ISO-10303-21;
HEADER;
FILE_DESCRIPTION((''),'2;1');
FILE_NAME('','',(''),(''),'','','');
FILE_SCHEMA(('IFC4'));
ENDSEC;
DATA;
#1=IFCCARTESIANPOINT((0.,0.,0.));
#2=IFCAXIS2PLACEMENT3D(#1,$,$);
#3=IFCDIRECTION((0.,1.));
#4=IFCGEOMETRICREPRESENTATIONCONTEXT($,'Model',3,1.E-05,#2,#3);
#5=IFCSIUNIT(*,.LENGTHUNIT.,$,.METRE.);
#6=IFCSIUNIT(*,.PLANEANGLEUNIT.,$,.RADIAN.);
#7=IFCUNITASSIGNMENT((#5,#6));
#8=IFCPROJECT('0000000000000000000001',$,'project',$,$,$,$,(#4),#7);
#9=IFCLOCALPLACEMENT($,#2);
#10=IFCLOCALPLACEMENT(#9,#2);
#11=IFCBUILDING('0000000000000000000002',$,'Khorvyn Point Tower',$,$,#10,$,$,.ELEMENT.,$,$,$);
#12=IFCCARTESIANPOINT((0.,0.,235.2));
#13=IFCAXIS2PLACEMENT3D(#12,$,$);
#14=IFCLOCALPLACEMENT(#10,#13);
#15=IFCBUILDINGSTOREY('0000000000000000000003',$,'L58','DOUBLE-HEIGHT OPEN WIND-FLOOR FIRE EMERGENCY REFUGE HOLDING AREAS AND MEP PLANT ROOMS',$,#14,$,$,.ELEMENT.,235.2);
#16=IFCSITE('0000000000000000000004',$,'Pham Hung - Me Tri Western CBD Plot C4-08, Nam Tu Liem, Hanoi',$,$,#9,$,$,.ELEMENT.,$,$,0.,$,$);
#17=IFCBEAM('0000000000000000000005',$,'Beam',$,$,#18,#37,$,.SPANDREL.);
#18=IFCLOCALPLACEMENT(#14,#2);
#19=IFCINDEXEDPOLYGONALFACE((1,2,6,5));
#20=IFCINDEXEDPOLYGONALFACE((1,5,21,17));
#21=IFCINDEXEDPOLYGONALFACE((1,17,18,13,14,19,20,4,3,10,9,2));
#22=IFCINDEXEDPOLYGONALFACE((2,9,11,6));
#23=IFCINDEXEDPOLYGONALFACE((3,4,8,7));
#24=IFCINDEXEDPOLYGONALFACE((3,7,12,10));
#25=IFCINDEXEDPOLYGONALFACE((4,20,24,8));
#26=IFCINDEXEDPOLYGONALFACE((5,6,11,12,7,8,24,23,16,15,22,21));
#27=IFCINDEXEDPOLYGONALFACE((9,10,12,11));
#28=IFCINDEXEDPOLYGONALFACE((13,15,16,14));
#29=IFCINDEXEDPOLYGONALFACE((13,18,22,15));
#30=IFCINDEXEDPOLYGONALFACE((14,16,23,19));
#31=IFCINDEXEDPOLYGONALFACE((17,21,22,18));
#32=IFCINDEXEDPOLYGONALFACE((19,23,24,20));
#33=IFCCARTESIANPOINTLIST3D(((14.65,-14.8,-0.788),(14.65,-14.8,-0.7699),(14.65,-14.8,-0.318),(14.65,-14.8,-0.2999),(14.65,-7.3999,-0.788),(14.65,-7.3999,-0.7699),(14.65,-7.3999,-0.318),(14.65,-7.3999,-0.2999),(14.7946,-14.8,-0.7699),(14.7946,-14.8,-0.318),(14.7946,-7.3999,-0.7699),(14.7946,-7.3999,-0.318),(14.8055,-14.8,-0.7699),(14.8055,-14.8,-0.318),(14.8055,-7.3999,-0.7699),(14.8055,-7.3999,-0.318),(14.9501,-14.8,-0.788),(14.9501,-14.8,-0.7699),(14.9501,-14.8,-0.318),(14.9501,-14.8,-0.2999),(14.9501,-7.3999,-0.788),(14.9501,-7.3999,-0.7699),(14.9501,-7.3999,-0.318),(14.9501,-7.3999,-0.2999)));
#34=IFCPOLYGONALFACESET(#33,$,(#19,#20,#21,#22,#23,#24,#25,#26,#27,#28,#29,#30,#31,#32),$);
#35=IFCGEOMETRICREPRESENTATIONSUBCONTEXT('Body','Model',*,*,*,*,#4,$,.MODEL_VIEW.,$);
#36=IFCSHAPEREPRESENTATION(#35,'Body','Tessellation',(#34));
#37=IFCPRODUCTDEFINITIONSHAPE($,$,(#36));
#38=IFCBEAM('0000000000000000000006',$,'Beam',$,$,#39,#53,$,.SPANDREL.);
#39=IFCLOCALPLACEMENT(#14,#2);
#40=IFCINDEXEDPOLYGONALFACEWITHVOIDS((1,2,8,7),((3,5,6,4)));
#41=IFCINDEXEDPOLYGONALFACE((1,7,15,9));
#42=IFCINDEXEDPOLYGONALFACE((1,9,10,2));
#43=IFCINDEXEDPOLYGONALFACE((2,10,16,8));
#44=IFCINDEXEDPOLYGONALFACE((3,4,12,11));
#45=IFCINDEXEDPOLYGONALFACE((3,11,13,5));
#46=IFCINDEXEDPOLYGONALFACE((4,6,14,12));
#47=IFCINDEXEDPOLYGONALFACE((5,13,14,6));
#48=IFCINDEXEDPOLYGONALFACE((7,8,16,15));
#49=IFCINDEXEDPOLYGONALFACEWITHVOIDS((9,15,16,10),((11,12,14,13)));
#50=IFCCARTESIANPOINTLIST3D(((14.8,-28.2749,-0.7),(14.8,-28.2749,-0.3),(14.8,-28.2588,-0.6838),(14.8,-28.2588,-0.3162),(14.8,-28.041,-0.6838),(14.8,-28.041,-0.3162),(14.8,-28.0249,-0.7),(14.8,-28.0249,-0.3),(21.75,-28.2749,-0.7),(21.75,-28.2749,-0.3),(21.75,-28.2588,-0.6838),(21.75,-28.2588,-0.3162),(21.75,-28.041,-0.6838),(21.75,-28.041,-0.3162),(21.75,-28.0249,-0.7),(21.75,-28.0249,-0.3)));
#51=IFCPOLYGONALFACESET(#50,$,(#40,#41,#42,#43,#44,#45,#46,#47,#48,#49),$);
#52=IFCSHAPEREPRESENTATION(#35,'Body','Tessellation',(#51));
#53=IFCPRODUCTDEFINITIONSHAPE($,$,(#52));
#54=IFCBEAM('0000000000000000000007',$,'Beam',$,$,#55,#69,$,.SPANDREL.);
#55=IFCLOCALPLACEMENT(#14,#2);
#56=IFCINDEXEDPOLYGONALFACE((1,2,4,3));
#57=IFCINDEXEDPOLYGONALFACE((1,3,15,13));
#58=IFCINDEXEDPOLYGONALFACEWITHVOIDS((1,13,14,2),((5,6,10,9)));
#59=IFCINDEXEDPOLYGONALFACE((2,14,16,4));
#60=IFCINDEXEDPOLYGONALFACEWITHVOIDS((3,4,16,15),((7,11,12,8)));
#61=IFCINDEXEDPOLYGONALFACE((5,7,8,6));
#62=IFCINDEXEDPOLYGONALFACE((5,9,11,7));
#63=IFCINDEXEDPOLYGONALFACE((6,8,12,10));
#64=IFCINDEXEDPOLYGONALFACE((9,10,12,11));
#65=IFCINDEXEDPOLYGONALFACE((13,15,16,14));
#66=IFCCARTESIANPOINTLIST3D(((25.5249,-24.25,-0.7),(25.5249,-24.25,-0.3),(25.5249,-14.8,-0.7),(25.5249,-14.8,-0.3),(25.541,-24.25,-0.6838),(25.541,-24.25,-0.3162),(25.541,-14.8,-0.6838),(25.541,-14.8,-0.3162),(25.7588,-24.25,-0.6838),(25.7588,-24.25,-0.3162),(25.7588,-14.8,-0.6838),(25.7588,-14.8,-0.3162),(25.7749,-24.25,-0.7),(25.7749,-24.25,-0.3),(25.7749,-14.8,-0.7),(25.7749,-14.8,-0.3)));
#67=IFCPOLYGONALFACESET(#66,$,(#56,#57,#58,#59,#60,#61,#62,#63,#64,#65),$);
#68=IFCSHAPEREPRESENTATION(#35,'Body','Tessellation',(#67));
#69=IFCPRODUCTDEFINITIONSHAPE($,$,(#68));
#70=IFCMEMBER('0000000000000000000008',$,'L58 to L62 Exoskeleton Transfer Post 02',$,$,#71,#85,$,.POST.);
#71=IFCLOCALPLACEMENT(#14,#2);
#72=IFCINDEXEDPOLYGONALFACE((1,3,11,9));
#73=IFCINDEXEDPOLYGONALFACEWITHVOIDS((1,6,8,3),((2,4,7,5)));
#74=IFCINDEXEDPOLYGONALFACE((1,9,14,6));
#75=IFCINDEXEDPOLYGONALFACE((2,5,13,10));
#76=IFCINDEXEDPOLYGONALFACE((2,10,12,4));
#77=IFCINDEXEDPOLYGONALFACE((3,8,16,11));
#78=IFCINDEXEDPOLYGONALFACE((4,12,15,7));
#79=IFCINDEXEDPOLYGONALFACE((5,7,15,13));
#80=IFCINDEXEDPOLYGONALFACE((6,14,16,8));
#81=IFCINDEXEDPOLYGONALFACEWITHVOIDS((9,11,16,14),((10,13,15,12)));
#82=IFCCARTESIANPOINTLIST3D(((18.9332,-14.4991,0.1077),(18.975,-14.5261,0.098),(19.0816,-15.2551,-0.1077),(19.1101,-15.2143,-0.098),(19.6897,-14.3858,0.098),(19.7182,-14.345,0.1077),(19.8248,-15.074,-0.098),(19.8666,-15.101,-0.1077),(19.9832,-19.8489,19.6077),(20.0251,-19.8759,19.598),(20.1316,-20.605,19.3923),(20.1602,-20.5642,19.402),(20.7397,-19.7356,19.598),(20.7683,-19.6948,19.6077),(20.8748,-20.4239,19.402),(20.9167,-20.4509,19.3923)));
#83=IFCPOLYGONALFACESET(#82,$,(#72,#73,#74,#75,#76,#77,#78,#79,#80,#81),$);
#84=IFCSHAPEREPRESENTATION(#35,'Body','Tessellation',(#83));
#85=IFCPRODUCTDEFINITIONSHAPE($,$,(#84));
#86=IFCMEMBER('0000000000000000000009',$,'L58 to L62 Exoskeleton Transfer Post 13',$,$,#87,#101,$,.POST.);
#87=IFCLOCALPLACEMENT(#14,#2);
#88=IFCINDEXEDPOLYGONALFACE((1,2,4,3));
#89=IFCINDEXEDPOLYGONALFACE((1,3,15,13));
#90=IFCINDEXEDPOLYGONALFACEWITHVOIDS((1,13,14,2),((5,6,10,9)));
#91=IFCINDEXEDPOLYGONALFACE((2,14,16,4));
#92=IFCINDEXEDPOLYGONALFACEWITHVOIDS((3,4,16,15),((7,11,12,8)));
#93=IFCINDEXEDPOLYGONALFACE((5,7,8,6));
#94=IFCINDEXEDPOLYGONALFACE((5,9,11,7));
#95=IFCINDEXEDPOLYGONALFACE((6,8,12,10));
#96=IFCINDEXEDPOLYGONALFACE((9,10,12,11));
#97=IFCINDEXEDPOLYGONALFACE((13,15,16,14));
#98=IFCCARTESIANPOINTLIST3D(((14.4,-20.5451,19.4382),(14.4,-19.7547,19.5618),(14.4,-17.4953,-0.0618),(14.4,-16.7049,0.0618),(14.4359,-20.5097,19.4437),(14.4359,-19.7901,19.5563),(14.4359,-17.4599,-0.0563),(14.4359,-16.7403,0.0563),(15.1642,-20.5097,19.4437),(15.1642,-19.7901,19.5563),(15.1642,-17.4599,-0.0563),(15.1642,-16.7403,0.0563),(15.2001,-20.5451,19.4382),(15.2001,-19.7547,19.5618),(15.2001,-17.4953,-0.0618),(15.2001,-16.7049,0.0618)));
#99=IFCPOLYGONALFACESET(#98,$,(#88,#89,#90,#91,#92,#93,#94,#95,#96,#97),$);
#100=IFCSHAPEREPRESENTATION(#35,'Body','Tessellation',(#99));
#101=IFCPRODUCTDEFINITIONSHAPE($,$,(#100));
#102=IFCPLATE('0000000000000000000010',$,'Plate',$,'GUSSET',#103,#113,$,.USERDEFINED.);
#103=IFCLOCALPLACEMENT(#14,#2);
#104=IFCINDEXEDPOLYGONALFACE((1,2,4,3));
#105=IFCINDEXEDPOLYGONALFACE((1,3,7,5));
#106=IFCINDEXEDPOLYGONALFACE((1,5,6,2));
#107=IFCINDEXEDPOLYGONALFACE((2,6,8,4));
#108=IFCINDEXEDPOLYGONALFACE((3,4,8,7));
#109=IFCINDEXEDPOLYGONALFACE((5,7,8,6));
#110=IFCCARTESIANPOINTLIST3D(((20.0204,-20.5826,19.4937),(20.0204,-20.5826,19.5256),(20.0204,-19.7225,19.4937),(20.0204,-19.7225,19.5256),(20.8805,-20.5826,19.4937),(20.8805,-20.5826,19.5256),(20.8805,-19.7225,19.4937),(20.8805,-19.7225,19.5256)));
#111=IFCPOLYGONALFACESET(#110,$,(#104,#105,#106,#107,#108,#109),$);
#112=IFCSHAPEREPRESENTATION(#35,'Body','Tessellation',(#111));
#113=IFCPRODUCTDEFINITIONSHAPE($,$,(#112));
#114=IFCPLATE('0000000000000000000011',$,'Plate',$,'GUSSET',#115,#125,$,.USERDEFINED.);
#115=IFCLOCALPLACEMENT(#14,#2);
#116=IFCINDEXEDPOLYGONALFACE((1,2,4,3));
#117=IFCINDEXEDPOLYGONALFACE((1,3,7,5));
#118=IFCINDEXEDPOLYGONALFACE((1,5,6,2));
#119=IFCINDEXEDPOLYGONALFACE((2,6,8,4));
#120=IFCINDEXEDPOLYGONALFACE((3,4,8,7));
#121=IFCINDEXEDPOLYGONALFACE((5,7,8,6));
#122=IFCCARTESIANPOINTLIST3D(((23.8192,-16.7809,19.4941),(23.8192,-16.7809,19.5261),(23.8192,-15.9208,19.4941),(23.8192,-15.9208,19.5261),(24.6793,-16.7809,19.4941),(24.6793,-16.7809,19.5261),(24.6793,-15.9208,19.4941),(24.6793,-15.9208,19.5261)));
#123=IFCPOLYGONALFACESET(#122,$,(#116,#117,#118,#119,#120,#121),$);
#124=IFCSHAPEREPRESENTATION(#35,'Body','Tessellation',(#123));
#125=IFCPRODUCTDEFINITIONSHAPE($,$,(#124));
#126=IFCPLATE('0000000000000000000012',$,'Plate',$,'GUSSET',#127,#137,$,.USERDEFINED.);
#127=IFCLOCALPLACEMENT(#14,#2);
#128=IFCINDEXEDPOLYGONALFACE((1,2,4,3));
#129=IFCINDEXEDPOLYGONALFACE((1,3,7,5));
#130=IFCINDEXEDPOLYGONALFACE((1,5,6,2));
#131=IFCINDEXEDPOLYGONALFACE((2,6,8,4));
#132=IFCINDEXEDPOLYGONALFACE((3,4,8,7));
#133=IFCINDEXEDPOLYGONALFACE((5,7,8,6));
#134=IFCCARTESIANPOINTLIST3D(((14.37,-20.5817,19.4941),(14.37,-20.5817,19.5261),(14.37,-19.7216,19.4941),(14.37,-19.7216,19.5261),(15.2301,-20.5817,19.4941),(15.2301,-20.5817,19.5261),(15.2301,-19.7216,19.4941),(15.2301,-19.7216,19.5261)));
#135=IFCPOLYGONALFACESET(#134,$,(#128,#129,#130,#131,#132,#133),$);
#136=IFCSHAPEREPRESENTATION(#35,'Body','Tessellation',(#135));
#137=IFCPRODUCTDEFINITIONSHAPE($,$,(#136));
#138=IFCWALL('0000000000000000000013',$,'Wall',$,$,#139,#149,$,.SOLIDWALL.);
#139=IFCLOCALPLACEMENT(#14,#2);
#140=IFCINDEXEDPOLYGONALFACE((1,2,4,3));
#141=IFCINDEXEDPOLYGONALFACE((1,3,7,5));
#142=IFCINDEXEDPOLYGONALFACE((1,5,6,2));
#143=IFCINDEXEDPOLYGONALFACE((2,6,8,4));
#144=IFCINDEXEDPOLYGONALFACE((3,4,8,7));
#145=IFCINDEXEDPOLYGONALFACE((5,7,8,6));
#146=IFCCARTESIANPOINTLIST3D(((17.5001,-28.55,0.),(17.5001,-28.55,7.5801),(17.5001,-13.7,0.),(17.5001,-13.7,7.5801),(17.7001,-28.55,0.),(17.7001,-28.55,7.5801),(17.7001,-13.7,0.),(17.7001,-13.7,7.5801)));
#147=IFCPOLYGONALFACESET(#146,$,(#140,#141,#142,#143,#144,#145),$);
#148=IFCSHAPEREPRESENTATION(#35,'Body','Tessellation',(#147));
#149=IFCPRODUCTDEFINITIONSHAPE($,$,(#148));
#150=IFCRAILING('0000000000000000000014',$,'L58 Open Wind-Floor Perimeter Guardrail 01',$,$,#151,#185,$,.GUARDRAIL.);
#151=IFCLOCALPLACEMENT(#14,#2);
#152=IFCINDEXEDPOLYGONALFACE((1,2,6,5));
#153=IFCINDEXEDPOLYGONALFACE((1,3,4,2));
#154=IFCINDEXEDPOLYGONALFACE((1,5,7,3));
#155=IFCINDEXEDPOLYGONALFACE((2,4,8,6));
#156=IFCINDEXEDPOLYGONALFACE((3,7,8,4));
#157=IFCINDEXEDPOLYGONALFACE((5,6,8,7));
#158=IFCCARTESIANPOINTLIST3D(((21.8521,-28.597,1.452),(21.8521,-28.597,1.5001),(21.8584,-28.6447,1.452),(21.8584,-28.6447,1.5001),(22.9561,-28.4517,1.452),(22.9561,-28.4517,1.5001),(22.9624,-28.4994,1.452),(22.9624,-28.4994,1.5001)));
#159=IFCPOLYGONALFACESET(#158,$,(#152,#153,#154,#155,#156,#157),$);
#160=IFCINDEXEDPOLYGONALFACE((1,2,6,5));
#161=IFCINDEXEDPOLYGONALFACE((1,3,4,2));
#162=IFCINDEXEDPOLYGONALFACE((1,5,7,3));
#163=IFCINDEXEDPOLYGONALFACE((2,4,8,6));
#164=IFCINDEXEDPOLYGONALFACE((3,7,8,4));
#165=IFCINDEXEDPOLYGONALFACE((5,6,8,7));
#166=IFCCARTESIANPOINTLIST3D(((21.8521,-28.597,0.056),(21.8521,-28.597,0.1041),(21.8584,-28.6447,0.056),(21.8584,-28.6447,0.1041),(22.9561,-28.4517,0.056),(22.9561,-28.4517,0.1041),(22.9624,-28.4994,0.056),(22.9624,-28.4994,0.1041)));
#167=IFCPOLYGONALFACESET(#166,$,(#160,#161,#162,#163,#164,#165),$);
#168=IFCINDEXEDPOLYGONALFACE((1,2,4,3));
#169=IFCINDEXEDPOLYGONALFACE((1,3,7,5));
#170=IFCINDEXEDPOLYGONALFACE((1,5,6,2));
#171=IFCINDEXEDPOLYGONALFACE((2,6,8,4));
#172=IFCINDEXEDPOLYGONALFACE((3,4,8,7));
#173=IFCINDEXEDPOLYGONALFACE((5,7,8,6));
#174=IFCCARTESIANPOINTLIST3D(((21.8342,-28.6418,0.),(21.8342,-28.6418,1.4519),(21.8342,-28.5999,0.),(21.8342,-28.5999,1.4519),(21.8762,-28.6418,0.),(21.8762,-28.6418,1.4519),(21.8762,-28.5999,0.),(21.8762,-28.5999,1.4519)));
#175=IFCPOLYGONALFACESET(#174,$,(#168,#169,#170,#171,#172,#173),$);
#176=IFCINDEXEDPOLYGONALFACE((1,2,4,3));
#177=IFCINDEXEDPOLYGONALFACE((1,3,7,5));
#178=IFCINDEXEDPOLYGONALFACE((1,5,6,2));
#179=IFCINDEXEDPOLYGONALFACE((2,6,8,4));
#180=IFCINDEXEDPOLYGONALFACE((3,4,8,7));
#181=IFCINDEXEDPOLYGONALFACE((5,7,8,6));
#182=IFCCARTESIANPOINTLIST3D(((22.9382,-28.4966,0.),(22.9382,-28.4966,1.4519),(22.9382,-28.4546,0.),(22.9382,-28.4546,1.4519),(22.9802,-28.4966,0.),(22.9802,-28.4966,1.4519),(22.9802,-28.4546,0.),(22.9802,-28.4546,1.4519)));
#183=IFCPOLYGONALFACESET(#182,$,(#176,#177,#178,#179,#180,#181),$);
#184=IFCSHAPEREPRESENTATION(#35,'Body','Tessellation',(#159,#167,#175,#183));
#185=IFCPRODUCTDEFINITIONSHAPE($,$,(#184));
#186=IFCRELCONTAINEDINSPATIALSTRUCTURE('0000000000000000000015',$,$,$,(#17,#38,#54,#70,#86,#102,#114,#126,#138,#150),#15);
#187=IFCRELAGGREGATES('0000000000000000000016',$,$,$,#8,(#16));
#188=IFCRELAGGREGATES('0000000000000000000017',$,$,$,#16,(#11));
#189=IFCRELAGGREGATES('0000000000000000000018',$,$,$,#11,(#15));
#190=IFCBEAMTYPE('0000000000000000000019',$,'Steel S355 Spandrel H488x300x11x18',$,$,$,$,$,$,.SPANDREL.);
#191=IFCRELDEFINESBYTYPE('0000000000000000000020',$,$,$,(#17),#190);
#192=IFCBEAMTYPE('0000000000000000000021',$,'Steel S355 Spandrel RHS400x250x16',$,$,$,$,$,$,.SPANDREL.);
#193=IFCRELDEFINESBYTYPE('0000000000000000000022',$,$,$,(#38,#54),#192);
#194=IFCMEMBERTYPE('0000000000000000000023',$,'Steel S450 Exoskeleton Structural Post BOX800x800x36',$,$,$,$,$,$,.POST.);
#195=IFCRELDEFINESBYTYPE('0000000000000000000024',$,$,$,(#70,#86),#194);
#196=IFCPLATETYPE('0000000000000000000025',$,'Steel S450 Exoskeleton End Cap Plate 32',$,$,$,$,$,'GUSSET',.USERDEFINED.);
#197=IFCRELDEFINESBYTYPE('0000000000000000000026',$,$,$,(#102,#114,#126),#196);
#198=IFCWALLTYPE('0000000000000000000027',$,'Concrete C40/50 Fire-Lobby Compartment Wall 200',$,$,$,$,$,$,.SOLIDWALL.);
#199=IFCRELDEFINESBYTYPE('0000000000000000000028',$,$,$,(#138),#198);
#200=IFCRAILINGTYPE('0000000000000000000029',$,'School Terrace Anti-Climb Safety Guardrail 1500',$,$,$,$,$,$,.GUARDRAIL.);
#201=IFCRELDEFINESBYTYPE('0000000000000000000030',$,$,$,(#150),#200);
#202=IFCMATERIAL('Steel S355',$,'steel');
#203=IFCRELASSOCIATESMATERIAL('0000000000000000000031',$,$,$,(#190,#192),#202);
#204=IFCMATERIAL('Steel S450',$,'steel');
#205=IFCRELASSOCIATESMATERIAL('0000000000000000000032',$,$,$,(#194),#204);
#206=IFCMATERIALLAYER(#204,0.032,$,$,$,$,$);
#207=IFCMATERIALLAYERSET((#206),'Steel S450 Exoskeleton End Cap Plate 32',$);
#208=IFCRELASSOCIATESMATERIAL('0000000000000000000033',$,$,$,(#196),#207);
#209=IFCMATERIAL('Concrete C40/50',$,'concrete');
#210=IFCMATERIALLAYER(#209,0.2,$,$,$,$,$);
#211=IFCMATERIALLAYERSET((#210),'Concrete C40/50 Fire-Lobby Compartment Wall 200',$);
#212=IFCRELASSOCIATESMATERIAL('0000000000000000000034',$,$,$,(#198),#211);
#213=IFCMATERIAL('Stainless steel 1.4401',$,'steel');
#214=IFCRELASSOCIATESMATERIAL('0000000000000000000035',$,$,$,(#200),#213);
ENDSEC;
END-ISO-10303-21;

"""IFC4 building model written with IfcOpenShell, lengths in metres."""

from ifc_helpers import new_model, si_unit, direction, frame, frame_2d, origin, origin_2d, place, context, subcontext, project, spatial, rectangle, hollow_rectangle, i_section, extrude, material, layer, layer_set, material_profile, profile_set, type_object, element, save


model = new_model("IFC4")

# Units and contexts
model_context = context("Model", 3, precision=1e-05, world=origin(), true_north=direction((0.0, 1.0)))
body_context = subcontext(model_context, "Body", "Model", "MODEL_VIEW")
ifc_project = project(units=[si_unit("LENGTHUNIT", "METRE"), si_unit("PLANEANGLEUNIT", "RADIAN")], contexts=[model_context])

# Site, building, storey
site_placement = place(None, origin())
site = spatial("IfcSite", under=ifc_project, at=site_placement, Name="Pham Hung - Me Tri Western CBD Plot C4-08, Nam Tu Liem, Hanoi", CompositionType="ELEMENT", RefElevation=0.0)
building_placement = place(site_placement, origin())
building = spatial("IfcBuilding", under=site, at=building_placement, Name="Khorvyn Point Tower", CompositionType="ELEMENT")
storey_placement = place(building_placement, frame((0.0, 0.0, 235.2)))
storey = spatial("IfcBuildingStorey", under=building, at=storey_placement, Name="L58", Description="DOUBLE-HEIGHT OPEN WIND-FLOOR FIRE EMERGENCY REFUGE HOLDING AREAS AND MEP PLANT ROOMS", CompositionType="ELEMENT", Elevation=235.2)

# Shared definitions
ifc_material_1 = material(Name="Steel S450", Category="steel")

# Beams
ifc_material_2 = material(Name="Steel S355", Category="steel")
ifc_material_profile_1 = material_profile(ifc_material_2, i_section(OverallWidth=0.3, OverallDepth=0.488, WebThickness=0.011, FlangeThickness=0.0181, at=origin_2d()))
ifc_profile_set_1 = profile_set([ifc_material_profile_1], Name="Steel S355 H488x300x11x18")
beam_type_1 = type_object("IfcBeamType", Name="Steel S355 Spandrel H488x300x11x18", PredefinedType="SPANDREL", material=ifc_profile_set_1)
beam_1_placement = place(storey_placement, frame((14.8, -14.8, -0.5439), z_axis=(0.0, 1.0, 0.0), x_axis=(-1.0, 0.0, 0.0)))
element("IfcBeam", 1, at=beam_1_placement, inside=storey, type_object=beam_type_1, Name="Beam", PredefinedType="SPANDREL", context=body_context, shape_type="SweptSolid", body=[
    extrude(i_section(OverallWidth=0.3, OverallDepth=0.488, WebThickness=0.011, FlangeThickness=0.0181, at=origin_2d()), origin(), (0.0, 0.0, 1.0), 7.4001),
])
ifc_material_profile_2 = material_profile(ifc_material_2, hollow_rectangle(XDim=0.25, YDim=0.3999, WallThickness=0.0161, at=origin_2d()))
ifc_profile_set_2 = profile_set([ifc_material_profile_2], Name="Steel S355 RHS400x250x16")
beam_type_2 = type_object("IfcBeamType", Name="Steel S355 Spandrel RHS400x250x16", PredefinedType="SPANDREL", material=ifc_profile_set_2)
beam_2_placement = place(storey_placement, frame((14.8, -28.1499, -0.5), z_axis=(1.0, 0.0, 0.0), x_axis=(0.0, 1.0, 0.0)))
element("IfcBeam", 2, at=beam_2_placement, inside=storey, type_object=beam_type_2, Name="Beam", PredefinedType="SPANDREL", context=body_context, shape_type="SweptSolid", body=[
    extrude(hollow_rectangle(XDim=0.25, YDim=0.3999, WallThickness=0.0161, at=origin_2d()), origin(), (0.0, 0.0, 1.0), 6.95),
])
beam_3_placement = place(storey_placement, frame((25.6499, -24.25, -0.5), z_axis=(0.0, 1.0, 0.0), x_axis=(-1.0, 0.0, 0.0)))
element("IfcBeam", 3, at=beam_3_placement, inside=storey, type_object=beam_type_2, Name="Beam", PredefinedType="SPANDREL", context=body_context, shape_type="SweptSolid", body=[
    extrude(hollow_rectangle(XDim=0.25, YDim=0.3999, WallThickness=0.0161, at=origin_2d()), origin(), (0.0, 0.0, 1.0), 9.45),
])

# Members
ifc_material_profile_3 = material_profile(ifc_material_1, hollow_rectangle(XDim=0.8, YDim=0.8, WallThickness=0.0359, at=origin_2d()))
ifc_profile_set_3 = profile_set([ifc_material_profile_3], Name="Steel S450 BOX800x800x36")
member_type = type_object("IfcMemberType", Name="Steel S450 Exoskeleton Structural Post BOX800x800x36", PredefinedType="POST", material=ifc_profile_set_3)
member_1_placement = place(storey_placement, frame((19.3999, -14.8, 0.0), z_axis=(0.05186, -0.264219, 0.963067), x_axis=(0.981277, 0.192601, 0.0)))
element("IfcMember", 4, at=member_1_placement, inside=storey, type_object=member_type, Name="L58 to L62 Exoskeleton Transfer Post 02", PredefinedType="POST", context=body_context, shape_type="SweptSolid", body=[
    extrude(hollow_rectangle(XDim=0.8, YDim=0.8, WallThickness=0.0359, at=origin_2d()), origin(), (0.0, 0.0, 1.0), 20.2478),
])
member_2_placement = place(storey_placement, frame((14.8, -17.1001, 0.0), z_axis=(0.0, -0.154522, 0.987989), x_axis=(1.0, 0.0, 0.0)))
element("IfcMember", 5, at=member_2_placement, inside=storey, type_object=member_type, Name="L58 to L62 Exoskeleton Transfer Post 13", PredefinedType="POST", context=body_context, shape_type="SweptSolid", body=[
    extrude(hollow_rectangle(XDim=0.8, YDim=0.8, WallThickness=0.0359, at=origin_2d()), origin(), (0.0, 0.0, 1.0), 19.7371),
])

# Plates
ifc_layer_1 = layer(ifc_material_1, 0.032)
ifc_layer_set_1 = layer_set([ifc_layer_1], Name="Steel S450 Exoskeleton End Cap Plate 32")
plate_type = type_object("IfcPlateType", Name="Steel S450 Exoskeleton End Cap Plate 32", ElementType="GUSSET", PredefinedType="USERDEFINED", material=ifc_layer_set_1)
for number, where, z_axis, x_axis, name in (
    (6, (20.4504, -20.1526, 19.4937), (0.0, 0.0, 1.0), (1.0, 0.0, 0.0), "Plate"),
    (7, (24.2493, -16.3508, 19.4941), (0.0, 0.0, 1.0), (1.0, 0.0, 0.0), "Plate"),
    (8, (14.8, -20.1516, 19.4941), (0.0, 0.0, 1.0), (1.0, 0.0, 0.0), "Plate"),
):
    element("IfcPlate", number, at=place(storey_placement, frame(where, z_axis=z_axis, x_axis=x_axis)), inside=storey, type_object=plate_type, Name=name, ObjectType="GUSSET", PredefinedType="USERDEFINED", context=body_context, shape_type="SweptSolid", body=[
        extrude(rectangle(XDim=0.8601, YDim=0.8601, at=origin_2d()), origin(), (0.0, 0.0, 1.0), 0.032),
    ])

# Wall
ifc_material_3 = material(Name="Concrete C40/50", Category="concrete")
ifc_layer_2 = layer(ifc_material_3, 0.2)
ifc_layer_set_2 = layer_set([ifc_layer_2], Name="Concrete C40/50 Fire-Lobby Compartment Wall 200")
wall_type = type_object("IfcWallType", Name="Concrete C40/50 Fire-Lobby Compartment Wall 200", PredefinedType="SOLIDWALL", material=ifc_layer_set_2)
wall_placement = place(storey_placement, frame((17.6001, -28.55, 0.0), z_axis=(0.0, 0.0, 1.0), x_axis=(0.0, 1.0, 0.0)))
element("IfcWall", 9, at=wall_placement, inside=storey, type_object=wall_type, Name="Wall", PredefinedType="SOLIDWALL", context=body_context, shape_type="SweptSolid", body=[
    extrude(rectangle(XDim=14.8501, YDim=0.2, at=frame_2d((7.425, 0.0))), origin(), (0.0, 0.0, 1.0), 7.5801),
])

# Railing
ifc_material_4 = material(Name="Stainless steel 1.4401", Category="steel")
railing_type = type_object("IfcRailingType", Name="School Terrace Anti-Climb Safety Guardrail 1500", PredefinedType="GUARDRAIL", material=ifc_material_4)
railing_1_placement = place(storey_placement, frame((21.8552, -28.6208, 0.0)))
element("IfcRailing", 10, at=railing_1_placement, inside=storey, type_object=railing_type, Name="L58 Open Wind-Floor Perimeter Guardrail 01", PredefinedType="GUARDRAIL", context=body_context, shape_type="SweptSolid", body=[
    extrude(rectangle(XDim=0.0481, YDim=0.0481, at=origin_2d()), frame((0.0, 0.0, 1.4761), z_axis=(0.991454, 0.130455, 0.0), x_axis=(-0.130455, 0.991454, 0.0)), (0.0, 0.0, 1.0), 1.1135),
    extrude(rectangle(XDim=0.0481, YDim=0.0481, at=origin_2d()), frame((0.0, 0.0, 0.0801), z_axis=(0.991454, 0.130455, 0.0), x_axis=(-0.130455, 0.991454, 0.0)), (0.0, 0.0, 1.0), 1.1135),
    extrude(rectangle(XDim=0.042, YDim=0.042, at=origin_2d()), origin(), (0.0, 0.0, 1.0), 1.4519),
    extrude(rectangle(XDim=0.042, YDim=0.042, at=origin_2d()), frame((1.104, 0.1453, 0.0)), (0.0, 0.0, 1.0), 1.4519),
])

save(model, "model.ifc")
